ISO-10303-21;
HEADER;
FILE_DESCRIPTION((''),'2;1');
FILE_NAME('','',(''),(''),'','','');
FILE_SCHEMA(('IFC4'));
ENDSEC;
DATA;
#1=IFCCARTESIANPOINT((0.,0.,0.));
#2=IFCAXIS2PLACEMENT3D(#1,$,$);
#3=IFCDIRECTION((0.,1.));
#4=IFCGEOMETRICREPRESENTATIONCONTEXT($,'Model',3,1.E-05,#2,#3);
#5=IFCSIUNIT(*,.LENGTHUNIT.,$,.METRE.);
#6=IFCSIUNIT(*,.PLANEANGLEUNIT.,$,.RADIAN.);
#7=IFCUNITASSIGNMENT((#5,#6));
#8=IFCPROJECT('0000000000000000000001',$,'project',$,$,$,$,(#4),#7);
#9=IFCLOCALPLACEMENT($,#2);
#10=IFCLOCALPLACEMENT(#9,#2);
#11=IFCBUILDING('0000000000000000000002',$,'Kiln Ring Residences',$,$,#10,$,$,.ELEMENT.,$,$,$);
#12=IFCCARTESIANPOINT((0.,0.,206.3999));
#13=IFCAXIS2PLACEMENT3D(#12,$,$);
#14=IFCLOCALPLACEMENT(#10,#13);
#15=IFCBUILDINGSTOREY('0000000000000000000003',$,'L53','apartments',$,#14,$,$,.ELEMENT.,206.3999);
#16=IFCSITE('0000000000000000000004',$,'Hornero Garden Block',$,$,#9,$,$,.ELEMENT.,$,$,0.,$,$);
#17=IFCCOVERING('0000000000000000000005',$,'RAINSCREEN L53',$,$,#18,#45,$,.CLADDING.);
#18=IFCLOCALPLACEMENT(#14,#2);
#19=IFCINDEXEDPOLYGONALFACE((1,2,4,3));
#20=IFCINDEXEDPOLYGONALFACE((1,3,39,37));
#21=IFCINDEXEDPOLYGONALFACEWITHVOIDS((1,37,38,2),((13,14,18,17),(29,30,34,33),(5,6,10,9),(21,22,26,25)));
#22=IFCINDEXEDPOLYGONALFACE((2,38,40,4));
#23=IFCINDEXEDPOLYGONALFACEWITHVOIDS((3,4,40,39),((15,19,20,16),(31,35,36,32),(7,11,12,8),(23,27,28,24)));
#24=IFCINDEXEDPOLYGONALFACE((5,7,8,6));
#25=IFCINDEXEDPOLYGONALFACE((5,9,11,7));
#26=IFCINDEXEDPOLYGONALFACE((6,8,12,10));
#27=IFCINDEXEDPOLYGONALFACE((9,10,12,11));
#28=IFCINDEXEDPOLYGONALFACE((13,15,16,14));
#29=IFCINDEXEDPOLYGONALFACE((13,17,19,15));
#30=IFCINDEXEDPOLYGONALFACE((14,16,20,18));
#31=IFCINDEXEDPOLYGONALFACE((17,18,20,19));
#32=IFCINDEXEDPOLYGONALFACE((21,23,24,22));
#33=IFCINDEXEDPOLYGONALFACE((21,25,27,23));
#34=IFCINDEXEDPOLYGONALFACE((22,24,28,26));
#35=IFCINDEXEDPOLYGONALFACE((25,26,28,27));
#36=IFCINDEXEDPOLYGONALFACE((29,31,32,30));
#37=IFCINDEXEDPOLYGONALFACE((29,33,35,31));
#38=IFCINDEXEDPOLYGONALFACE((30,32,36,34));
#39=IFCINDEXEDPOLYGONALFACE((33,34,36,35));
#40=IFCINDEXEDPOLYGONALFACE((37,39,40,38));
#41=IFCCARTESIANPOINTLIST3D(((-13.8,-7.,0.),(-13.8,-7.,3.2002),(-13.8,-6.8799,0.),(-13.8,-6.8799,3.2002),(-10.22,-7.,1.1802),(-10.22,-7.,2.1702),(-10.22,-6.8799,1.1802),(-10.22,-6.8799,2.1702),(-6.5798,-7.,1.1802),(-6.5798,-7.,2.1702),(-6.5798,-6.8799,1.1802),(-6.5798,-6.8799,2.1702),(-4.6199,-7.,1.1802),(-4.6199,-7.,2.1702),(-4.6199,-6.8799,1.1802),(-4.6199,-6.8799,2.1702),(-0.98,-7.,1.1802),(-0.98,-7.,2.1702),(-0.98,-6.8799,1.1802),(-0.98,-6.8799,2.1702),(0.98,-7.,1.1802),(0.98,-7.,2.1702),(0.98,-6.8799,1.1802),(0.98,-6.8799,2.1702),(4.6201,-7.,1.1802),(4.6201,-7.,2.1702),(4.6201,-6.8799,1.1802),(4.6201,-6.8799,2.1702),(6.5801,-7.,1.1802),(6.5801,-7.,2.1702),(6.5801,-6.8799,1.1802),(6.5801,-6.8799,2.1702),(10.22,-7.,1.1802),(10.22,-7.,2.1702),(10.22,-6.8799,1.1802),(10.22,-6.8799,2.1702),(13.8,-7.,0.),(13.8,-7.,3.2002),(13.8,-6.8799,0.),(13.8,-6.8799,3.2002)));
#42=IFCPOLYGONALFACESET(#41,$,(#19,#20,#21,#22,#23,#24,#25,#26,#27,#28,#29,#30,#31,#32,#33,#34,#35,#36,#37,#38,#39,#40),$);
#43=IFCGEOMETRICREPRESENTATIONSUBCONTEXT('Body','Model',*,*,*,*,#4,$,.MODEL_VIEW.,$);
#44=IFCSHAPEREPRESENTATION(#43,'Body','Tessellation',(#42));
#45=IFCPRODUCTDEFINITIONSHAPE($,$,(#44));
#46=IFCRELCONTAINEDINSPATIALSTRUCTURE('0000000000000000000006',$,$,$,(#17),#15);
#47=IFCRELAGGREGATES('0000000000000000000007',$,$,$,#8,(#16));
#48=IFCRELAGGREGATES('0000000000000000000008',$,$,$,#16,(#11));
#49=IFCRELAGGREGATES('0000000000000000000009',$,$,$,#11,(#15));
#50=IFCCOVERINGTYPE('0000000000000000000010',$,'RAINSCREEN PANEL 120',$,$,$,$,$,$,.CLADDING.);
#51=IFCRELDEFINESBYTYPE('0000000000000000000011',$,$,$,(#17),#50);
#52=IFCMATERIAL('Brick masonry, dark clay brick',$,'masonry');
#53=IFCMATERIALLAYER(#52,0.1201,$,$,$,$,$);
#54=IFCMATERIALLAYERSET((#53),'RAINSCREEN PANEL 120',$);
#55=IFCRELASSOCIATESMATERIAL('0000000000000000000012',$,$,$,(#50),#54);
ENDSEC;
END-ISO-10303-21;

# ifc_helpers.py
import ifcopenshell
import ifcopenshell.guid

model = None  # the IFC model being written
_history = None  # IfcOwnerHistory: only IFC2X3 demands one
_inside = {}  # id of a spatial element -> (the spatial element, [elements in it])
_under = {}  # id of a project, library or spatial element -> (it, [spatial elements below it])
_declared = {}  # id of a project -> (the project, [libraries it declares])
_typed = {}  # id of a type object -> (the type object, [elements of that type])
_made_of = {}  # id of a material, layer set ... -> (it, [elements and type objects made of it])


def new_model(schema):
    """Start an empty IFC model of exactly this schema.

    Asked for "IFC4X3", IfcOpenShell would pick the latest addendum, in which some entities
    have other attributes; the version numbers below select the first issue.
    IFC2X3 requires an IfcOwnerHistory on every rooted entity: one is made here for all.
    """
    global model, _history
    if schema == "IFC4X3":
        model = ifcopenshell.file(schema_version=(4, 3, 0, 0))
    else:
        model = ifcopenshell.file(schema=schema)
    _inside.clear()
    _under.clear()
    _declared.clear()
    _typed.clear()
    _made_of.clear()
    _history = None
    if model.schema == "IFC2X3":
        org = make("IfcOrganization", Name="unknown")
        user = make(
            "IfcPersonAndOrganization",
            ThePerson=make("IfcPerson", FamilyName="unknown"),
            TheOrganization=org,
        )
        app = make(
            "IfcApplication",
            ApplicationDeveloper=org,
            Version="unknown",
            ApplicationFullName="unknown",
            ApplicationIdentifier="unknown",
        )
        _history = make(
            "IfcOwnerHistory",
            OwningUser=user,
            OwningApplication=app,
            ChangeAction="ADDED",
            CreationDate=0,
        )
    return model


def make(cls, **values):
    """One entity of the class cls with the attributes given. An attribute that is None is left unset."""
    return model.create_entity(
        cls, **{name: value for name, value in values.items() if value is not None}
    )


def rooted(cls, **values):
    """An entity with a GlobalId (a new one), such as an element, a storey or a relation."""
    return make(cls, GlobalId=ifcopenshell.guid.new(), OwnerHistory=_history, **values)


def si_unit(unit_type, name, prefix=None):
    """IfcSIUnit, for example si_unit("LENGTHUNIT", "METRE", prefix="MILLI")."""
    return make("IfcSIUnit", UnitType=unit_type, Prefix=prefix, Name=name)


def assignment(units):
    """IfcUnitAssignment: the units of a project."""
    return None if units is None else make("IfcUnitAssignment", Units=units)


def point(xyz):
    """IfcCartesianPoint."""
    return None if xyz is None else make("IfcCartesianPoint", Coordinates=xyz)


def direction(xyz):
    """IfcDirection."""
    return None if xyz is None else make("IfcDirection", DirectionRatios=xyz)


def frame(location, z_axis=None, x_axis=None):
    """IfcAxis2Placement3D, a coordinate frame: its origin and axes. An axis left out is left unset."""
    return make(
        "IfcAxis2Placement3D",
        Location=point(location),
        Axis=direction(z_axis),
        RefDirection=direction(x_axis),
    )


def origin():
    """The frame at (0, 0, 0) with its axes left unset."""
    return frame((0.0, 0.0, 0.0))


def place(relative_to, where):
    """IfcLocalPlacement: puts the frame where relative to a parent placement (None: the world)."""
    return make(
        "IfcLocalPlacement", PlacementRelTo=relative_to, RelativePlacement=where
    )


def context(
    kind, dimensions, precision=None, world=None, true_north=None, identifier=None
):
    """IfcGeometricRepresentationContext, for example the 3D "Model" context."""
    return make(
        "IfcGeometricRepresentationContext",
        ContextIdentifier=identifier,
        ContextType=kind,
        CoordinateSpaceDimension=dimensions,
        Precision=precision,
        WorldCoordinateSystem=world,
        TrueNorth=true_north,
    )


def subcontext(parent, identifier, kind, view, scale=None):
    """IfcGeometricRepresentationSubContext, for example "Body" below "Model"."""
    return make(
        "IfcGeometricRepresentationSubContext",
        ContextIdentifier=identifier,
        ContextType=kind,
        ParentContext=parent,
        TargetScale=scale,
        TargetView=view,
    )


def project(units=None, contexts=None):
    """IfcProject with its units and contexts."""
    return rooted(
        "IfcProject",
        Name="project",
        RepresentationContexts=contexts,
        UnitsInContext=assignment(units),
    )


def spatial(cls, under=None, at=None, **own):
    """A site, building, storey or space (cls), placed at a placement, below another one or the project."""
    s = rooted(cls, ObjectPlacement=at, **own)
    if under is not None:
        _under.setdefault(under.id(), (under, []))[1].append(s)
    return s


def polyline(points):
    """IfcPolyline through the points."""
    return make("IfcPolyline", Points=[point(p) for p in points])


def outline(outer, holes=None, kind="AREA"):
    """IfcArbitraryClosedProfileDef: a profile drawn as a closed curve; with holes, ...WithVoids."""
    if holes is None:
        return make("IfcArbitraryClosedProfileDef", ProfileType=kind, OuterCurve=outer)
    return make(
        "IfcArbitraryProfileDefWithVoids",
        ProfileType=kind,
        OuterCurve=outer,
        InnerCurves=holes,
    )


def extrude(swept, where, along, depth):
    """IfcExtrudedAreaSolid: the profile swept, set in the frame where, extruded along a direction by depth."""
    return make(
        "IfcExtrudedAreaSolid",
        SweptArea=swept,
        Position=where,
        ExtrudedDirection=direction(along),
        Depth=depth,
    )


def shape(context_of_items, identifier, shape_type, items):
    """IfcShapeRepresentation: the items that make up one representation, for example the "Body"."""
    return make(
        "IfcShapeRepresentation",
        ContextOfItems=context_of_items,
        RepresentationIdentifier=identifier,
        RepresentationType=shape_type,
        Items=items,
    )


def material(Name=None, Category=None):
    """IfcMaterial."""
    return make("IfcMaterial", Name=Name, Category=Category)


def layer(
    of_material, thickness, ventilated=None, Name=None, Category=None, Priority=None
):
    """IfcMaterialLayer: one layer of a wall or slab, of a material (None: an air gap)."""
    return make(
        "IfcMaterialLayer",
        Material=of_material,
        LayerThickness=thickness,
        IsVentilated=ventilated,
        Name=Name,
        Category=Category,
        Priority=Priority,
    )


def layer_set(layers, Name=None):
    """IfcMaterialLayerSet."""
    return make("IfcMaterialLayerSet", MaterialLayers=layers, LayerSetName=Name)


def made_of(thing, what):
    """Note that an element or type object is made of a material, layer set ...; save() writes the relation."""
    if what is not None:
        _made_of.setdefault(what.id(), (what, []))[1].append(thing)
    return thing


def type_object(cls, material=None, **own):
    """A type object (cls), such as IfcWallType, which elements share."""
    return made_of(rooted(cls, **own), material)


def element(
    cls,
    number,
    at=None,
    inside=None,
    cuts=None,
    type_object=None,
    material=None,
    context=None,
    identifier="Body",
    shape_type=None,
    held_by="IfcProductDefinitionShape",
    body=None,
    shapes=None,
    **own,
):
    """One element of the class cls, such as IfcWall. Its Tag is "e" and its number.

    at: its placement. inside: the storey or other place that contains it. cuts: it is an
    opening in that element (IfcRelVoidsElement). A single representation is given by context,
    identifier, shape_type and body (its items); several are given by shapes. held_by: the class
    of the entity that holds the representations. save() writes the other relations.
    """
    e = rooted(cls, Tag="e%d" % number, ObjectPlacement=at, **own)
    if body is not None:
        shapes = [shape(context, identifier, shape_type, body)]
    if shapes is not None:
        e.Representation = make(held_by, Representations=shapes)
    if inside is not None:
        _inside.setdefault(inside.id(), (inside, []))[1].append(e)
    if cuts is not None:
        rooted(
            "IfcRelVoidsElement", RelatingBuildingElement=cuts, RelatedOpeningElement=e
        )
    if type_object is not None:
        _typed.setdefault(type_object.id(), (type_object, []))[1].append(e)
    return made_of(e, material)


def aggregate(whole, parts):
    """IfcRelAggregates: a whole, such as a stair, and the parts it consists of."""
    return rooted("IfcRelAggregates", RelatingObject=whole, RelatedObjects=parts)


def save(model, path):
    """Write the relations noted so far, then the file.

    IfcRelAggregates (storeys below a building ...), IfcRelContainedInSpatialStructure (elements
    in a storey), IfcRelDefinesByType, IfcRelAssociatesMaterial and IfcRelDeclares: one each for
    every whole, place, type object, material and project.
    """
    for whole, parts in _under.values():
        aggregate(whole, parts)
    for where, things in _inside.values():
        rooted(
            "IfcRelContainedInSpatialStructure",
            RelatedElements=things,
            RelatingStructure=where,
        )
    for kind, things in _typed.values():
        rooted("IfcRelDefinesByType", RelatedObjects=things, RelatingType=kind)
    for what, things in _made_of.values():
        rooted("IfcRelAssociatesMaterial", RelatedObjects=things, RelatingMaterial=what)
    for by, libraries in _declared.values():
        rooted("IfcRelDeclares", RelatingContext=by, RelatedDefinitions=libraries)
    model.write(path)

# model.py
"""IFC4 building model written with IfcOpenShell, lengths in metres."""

from ifc_helpers import new_model, si_unit, direction, frame, origin, place, context, subcontext, project, spatial, polyline, outline, extrude, material, layer, layer_set, type_object, element, save


model = new_model("IFC4")

# Units and contexts
model_context = context("Model", 3, precision=1e-05, world=origin(), true_north=direction((0.0, 1.0)))
body_context = subcontext(model_context, "Body", "Model", "MODEL_VIEW")
ifc_project = project(units=[si_unit("LENGTHUNIT", "METRE"), si_unit("PLANEANGLEUNIT", "RADIAN")], contexts=[model_context])

# Site, building, storey
site_placement = place(None, origin())
site = spatial("IfcSite", under=ifc_project, at=site_placement, Name="Hornero Garden Block", CompositionType="ELEMENT", RefElevation=0.0)
building_placement = place(site_placement, origin())
building = spatial("IfcBuilding", under=site, at=building_placement, Name="Kiln Ring Residences", CompositionType="ELEMENT")
storey_placement = place(building_placement, frame((0.0, 0.0, 206.3999)))
storey = spatial("IfcBuildingStorey", under=building, at=storey_placement, Name="L53", Description="apartments", CompositionType="ELEMENT", Elevation=206.3999)

# Covering
ifc_material_1 = material(Name="Brick masonry, dark clay brick", Category="masonry")
ifc_layer_1 = layer(ifc_material_1, 0.1201)
ifc_layer_set_1 = layer_set([ifc_layer_1], Name="RAINSCREEN PANEL 120")
covering_type = type_object("IfcCoveringType", Name="RAINSCREEN PANEL 120", PredefinedType="CLADDING", material=ifc_layer_set_1)
covering_placement = place(storey_placement, frame((13.8, -6.9399, 0.0), z_axis=(0.0, 0.0, 1.0), x_axis=(-1.0, 0.0, 0.0)))
element("IfcCovering", 1, at=covering_placement, inside=storey, type_object=covering_type, Name="RAINSCREEN L53", PredefinedType="CLADDING", context=body_context, shape_type="SweptSolid", body=[
    extrude(outline(polyline([(0.0, 0.0), (27.6001, 0.0), (27.6001, 3.2002), (0.0, 3.2002), (0.0, 0.0)]), holes=[polyline([(7.22, 1.1802), (7.22, 2.1702), (3.5801, 2.1702), (3.5801, 1.1802), (7.22, 1.1802)]), polyline([(12.8201, 1.1802), (12.8201, 2.1702), (9.1799, 2.1702), (9.1799, 1.1802), (12.8201, 1.1802)]), polyline([(18.4199, 1.1802), (18.4199, 2.1702), (14.78, 2.1702), (14.78, 1.1802), (18.4199, 1.1802)]), polyline([(24.02, 1.1802), (24.02, 2.1702), (20.3799, 2.1702), (20.3799, 1.1802), (24.02, 1.1802)])]), frame((0.0, 0.0601, 0.0), z_axis=(0.0, -1.0, 0.0), x_axis=(1.0, 0.0, 0.0)), (0.0, 0.0, 1.0), 0.1201),
])

save(model, "model.ifc")
